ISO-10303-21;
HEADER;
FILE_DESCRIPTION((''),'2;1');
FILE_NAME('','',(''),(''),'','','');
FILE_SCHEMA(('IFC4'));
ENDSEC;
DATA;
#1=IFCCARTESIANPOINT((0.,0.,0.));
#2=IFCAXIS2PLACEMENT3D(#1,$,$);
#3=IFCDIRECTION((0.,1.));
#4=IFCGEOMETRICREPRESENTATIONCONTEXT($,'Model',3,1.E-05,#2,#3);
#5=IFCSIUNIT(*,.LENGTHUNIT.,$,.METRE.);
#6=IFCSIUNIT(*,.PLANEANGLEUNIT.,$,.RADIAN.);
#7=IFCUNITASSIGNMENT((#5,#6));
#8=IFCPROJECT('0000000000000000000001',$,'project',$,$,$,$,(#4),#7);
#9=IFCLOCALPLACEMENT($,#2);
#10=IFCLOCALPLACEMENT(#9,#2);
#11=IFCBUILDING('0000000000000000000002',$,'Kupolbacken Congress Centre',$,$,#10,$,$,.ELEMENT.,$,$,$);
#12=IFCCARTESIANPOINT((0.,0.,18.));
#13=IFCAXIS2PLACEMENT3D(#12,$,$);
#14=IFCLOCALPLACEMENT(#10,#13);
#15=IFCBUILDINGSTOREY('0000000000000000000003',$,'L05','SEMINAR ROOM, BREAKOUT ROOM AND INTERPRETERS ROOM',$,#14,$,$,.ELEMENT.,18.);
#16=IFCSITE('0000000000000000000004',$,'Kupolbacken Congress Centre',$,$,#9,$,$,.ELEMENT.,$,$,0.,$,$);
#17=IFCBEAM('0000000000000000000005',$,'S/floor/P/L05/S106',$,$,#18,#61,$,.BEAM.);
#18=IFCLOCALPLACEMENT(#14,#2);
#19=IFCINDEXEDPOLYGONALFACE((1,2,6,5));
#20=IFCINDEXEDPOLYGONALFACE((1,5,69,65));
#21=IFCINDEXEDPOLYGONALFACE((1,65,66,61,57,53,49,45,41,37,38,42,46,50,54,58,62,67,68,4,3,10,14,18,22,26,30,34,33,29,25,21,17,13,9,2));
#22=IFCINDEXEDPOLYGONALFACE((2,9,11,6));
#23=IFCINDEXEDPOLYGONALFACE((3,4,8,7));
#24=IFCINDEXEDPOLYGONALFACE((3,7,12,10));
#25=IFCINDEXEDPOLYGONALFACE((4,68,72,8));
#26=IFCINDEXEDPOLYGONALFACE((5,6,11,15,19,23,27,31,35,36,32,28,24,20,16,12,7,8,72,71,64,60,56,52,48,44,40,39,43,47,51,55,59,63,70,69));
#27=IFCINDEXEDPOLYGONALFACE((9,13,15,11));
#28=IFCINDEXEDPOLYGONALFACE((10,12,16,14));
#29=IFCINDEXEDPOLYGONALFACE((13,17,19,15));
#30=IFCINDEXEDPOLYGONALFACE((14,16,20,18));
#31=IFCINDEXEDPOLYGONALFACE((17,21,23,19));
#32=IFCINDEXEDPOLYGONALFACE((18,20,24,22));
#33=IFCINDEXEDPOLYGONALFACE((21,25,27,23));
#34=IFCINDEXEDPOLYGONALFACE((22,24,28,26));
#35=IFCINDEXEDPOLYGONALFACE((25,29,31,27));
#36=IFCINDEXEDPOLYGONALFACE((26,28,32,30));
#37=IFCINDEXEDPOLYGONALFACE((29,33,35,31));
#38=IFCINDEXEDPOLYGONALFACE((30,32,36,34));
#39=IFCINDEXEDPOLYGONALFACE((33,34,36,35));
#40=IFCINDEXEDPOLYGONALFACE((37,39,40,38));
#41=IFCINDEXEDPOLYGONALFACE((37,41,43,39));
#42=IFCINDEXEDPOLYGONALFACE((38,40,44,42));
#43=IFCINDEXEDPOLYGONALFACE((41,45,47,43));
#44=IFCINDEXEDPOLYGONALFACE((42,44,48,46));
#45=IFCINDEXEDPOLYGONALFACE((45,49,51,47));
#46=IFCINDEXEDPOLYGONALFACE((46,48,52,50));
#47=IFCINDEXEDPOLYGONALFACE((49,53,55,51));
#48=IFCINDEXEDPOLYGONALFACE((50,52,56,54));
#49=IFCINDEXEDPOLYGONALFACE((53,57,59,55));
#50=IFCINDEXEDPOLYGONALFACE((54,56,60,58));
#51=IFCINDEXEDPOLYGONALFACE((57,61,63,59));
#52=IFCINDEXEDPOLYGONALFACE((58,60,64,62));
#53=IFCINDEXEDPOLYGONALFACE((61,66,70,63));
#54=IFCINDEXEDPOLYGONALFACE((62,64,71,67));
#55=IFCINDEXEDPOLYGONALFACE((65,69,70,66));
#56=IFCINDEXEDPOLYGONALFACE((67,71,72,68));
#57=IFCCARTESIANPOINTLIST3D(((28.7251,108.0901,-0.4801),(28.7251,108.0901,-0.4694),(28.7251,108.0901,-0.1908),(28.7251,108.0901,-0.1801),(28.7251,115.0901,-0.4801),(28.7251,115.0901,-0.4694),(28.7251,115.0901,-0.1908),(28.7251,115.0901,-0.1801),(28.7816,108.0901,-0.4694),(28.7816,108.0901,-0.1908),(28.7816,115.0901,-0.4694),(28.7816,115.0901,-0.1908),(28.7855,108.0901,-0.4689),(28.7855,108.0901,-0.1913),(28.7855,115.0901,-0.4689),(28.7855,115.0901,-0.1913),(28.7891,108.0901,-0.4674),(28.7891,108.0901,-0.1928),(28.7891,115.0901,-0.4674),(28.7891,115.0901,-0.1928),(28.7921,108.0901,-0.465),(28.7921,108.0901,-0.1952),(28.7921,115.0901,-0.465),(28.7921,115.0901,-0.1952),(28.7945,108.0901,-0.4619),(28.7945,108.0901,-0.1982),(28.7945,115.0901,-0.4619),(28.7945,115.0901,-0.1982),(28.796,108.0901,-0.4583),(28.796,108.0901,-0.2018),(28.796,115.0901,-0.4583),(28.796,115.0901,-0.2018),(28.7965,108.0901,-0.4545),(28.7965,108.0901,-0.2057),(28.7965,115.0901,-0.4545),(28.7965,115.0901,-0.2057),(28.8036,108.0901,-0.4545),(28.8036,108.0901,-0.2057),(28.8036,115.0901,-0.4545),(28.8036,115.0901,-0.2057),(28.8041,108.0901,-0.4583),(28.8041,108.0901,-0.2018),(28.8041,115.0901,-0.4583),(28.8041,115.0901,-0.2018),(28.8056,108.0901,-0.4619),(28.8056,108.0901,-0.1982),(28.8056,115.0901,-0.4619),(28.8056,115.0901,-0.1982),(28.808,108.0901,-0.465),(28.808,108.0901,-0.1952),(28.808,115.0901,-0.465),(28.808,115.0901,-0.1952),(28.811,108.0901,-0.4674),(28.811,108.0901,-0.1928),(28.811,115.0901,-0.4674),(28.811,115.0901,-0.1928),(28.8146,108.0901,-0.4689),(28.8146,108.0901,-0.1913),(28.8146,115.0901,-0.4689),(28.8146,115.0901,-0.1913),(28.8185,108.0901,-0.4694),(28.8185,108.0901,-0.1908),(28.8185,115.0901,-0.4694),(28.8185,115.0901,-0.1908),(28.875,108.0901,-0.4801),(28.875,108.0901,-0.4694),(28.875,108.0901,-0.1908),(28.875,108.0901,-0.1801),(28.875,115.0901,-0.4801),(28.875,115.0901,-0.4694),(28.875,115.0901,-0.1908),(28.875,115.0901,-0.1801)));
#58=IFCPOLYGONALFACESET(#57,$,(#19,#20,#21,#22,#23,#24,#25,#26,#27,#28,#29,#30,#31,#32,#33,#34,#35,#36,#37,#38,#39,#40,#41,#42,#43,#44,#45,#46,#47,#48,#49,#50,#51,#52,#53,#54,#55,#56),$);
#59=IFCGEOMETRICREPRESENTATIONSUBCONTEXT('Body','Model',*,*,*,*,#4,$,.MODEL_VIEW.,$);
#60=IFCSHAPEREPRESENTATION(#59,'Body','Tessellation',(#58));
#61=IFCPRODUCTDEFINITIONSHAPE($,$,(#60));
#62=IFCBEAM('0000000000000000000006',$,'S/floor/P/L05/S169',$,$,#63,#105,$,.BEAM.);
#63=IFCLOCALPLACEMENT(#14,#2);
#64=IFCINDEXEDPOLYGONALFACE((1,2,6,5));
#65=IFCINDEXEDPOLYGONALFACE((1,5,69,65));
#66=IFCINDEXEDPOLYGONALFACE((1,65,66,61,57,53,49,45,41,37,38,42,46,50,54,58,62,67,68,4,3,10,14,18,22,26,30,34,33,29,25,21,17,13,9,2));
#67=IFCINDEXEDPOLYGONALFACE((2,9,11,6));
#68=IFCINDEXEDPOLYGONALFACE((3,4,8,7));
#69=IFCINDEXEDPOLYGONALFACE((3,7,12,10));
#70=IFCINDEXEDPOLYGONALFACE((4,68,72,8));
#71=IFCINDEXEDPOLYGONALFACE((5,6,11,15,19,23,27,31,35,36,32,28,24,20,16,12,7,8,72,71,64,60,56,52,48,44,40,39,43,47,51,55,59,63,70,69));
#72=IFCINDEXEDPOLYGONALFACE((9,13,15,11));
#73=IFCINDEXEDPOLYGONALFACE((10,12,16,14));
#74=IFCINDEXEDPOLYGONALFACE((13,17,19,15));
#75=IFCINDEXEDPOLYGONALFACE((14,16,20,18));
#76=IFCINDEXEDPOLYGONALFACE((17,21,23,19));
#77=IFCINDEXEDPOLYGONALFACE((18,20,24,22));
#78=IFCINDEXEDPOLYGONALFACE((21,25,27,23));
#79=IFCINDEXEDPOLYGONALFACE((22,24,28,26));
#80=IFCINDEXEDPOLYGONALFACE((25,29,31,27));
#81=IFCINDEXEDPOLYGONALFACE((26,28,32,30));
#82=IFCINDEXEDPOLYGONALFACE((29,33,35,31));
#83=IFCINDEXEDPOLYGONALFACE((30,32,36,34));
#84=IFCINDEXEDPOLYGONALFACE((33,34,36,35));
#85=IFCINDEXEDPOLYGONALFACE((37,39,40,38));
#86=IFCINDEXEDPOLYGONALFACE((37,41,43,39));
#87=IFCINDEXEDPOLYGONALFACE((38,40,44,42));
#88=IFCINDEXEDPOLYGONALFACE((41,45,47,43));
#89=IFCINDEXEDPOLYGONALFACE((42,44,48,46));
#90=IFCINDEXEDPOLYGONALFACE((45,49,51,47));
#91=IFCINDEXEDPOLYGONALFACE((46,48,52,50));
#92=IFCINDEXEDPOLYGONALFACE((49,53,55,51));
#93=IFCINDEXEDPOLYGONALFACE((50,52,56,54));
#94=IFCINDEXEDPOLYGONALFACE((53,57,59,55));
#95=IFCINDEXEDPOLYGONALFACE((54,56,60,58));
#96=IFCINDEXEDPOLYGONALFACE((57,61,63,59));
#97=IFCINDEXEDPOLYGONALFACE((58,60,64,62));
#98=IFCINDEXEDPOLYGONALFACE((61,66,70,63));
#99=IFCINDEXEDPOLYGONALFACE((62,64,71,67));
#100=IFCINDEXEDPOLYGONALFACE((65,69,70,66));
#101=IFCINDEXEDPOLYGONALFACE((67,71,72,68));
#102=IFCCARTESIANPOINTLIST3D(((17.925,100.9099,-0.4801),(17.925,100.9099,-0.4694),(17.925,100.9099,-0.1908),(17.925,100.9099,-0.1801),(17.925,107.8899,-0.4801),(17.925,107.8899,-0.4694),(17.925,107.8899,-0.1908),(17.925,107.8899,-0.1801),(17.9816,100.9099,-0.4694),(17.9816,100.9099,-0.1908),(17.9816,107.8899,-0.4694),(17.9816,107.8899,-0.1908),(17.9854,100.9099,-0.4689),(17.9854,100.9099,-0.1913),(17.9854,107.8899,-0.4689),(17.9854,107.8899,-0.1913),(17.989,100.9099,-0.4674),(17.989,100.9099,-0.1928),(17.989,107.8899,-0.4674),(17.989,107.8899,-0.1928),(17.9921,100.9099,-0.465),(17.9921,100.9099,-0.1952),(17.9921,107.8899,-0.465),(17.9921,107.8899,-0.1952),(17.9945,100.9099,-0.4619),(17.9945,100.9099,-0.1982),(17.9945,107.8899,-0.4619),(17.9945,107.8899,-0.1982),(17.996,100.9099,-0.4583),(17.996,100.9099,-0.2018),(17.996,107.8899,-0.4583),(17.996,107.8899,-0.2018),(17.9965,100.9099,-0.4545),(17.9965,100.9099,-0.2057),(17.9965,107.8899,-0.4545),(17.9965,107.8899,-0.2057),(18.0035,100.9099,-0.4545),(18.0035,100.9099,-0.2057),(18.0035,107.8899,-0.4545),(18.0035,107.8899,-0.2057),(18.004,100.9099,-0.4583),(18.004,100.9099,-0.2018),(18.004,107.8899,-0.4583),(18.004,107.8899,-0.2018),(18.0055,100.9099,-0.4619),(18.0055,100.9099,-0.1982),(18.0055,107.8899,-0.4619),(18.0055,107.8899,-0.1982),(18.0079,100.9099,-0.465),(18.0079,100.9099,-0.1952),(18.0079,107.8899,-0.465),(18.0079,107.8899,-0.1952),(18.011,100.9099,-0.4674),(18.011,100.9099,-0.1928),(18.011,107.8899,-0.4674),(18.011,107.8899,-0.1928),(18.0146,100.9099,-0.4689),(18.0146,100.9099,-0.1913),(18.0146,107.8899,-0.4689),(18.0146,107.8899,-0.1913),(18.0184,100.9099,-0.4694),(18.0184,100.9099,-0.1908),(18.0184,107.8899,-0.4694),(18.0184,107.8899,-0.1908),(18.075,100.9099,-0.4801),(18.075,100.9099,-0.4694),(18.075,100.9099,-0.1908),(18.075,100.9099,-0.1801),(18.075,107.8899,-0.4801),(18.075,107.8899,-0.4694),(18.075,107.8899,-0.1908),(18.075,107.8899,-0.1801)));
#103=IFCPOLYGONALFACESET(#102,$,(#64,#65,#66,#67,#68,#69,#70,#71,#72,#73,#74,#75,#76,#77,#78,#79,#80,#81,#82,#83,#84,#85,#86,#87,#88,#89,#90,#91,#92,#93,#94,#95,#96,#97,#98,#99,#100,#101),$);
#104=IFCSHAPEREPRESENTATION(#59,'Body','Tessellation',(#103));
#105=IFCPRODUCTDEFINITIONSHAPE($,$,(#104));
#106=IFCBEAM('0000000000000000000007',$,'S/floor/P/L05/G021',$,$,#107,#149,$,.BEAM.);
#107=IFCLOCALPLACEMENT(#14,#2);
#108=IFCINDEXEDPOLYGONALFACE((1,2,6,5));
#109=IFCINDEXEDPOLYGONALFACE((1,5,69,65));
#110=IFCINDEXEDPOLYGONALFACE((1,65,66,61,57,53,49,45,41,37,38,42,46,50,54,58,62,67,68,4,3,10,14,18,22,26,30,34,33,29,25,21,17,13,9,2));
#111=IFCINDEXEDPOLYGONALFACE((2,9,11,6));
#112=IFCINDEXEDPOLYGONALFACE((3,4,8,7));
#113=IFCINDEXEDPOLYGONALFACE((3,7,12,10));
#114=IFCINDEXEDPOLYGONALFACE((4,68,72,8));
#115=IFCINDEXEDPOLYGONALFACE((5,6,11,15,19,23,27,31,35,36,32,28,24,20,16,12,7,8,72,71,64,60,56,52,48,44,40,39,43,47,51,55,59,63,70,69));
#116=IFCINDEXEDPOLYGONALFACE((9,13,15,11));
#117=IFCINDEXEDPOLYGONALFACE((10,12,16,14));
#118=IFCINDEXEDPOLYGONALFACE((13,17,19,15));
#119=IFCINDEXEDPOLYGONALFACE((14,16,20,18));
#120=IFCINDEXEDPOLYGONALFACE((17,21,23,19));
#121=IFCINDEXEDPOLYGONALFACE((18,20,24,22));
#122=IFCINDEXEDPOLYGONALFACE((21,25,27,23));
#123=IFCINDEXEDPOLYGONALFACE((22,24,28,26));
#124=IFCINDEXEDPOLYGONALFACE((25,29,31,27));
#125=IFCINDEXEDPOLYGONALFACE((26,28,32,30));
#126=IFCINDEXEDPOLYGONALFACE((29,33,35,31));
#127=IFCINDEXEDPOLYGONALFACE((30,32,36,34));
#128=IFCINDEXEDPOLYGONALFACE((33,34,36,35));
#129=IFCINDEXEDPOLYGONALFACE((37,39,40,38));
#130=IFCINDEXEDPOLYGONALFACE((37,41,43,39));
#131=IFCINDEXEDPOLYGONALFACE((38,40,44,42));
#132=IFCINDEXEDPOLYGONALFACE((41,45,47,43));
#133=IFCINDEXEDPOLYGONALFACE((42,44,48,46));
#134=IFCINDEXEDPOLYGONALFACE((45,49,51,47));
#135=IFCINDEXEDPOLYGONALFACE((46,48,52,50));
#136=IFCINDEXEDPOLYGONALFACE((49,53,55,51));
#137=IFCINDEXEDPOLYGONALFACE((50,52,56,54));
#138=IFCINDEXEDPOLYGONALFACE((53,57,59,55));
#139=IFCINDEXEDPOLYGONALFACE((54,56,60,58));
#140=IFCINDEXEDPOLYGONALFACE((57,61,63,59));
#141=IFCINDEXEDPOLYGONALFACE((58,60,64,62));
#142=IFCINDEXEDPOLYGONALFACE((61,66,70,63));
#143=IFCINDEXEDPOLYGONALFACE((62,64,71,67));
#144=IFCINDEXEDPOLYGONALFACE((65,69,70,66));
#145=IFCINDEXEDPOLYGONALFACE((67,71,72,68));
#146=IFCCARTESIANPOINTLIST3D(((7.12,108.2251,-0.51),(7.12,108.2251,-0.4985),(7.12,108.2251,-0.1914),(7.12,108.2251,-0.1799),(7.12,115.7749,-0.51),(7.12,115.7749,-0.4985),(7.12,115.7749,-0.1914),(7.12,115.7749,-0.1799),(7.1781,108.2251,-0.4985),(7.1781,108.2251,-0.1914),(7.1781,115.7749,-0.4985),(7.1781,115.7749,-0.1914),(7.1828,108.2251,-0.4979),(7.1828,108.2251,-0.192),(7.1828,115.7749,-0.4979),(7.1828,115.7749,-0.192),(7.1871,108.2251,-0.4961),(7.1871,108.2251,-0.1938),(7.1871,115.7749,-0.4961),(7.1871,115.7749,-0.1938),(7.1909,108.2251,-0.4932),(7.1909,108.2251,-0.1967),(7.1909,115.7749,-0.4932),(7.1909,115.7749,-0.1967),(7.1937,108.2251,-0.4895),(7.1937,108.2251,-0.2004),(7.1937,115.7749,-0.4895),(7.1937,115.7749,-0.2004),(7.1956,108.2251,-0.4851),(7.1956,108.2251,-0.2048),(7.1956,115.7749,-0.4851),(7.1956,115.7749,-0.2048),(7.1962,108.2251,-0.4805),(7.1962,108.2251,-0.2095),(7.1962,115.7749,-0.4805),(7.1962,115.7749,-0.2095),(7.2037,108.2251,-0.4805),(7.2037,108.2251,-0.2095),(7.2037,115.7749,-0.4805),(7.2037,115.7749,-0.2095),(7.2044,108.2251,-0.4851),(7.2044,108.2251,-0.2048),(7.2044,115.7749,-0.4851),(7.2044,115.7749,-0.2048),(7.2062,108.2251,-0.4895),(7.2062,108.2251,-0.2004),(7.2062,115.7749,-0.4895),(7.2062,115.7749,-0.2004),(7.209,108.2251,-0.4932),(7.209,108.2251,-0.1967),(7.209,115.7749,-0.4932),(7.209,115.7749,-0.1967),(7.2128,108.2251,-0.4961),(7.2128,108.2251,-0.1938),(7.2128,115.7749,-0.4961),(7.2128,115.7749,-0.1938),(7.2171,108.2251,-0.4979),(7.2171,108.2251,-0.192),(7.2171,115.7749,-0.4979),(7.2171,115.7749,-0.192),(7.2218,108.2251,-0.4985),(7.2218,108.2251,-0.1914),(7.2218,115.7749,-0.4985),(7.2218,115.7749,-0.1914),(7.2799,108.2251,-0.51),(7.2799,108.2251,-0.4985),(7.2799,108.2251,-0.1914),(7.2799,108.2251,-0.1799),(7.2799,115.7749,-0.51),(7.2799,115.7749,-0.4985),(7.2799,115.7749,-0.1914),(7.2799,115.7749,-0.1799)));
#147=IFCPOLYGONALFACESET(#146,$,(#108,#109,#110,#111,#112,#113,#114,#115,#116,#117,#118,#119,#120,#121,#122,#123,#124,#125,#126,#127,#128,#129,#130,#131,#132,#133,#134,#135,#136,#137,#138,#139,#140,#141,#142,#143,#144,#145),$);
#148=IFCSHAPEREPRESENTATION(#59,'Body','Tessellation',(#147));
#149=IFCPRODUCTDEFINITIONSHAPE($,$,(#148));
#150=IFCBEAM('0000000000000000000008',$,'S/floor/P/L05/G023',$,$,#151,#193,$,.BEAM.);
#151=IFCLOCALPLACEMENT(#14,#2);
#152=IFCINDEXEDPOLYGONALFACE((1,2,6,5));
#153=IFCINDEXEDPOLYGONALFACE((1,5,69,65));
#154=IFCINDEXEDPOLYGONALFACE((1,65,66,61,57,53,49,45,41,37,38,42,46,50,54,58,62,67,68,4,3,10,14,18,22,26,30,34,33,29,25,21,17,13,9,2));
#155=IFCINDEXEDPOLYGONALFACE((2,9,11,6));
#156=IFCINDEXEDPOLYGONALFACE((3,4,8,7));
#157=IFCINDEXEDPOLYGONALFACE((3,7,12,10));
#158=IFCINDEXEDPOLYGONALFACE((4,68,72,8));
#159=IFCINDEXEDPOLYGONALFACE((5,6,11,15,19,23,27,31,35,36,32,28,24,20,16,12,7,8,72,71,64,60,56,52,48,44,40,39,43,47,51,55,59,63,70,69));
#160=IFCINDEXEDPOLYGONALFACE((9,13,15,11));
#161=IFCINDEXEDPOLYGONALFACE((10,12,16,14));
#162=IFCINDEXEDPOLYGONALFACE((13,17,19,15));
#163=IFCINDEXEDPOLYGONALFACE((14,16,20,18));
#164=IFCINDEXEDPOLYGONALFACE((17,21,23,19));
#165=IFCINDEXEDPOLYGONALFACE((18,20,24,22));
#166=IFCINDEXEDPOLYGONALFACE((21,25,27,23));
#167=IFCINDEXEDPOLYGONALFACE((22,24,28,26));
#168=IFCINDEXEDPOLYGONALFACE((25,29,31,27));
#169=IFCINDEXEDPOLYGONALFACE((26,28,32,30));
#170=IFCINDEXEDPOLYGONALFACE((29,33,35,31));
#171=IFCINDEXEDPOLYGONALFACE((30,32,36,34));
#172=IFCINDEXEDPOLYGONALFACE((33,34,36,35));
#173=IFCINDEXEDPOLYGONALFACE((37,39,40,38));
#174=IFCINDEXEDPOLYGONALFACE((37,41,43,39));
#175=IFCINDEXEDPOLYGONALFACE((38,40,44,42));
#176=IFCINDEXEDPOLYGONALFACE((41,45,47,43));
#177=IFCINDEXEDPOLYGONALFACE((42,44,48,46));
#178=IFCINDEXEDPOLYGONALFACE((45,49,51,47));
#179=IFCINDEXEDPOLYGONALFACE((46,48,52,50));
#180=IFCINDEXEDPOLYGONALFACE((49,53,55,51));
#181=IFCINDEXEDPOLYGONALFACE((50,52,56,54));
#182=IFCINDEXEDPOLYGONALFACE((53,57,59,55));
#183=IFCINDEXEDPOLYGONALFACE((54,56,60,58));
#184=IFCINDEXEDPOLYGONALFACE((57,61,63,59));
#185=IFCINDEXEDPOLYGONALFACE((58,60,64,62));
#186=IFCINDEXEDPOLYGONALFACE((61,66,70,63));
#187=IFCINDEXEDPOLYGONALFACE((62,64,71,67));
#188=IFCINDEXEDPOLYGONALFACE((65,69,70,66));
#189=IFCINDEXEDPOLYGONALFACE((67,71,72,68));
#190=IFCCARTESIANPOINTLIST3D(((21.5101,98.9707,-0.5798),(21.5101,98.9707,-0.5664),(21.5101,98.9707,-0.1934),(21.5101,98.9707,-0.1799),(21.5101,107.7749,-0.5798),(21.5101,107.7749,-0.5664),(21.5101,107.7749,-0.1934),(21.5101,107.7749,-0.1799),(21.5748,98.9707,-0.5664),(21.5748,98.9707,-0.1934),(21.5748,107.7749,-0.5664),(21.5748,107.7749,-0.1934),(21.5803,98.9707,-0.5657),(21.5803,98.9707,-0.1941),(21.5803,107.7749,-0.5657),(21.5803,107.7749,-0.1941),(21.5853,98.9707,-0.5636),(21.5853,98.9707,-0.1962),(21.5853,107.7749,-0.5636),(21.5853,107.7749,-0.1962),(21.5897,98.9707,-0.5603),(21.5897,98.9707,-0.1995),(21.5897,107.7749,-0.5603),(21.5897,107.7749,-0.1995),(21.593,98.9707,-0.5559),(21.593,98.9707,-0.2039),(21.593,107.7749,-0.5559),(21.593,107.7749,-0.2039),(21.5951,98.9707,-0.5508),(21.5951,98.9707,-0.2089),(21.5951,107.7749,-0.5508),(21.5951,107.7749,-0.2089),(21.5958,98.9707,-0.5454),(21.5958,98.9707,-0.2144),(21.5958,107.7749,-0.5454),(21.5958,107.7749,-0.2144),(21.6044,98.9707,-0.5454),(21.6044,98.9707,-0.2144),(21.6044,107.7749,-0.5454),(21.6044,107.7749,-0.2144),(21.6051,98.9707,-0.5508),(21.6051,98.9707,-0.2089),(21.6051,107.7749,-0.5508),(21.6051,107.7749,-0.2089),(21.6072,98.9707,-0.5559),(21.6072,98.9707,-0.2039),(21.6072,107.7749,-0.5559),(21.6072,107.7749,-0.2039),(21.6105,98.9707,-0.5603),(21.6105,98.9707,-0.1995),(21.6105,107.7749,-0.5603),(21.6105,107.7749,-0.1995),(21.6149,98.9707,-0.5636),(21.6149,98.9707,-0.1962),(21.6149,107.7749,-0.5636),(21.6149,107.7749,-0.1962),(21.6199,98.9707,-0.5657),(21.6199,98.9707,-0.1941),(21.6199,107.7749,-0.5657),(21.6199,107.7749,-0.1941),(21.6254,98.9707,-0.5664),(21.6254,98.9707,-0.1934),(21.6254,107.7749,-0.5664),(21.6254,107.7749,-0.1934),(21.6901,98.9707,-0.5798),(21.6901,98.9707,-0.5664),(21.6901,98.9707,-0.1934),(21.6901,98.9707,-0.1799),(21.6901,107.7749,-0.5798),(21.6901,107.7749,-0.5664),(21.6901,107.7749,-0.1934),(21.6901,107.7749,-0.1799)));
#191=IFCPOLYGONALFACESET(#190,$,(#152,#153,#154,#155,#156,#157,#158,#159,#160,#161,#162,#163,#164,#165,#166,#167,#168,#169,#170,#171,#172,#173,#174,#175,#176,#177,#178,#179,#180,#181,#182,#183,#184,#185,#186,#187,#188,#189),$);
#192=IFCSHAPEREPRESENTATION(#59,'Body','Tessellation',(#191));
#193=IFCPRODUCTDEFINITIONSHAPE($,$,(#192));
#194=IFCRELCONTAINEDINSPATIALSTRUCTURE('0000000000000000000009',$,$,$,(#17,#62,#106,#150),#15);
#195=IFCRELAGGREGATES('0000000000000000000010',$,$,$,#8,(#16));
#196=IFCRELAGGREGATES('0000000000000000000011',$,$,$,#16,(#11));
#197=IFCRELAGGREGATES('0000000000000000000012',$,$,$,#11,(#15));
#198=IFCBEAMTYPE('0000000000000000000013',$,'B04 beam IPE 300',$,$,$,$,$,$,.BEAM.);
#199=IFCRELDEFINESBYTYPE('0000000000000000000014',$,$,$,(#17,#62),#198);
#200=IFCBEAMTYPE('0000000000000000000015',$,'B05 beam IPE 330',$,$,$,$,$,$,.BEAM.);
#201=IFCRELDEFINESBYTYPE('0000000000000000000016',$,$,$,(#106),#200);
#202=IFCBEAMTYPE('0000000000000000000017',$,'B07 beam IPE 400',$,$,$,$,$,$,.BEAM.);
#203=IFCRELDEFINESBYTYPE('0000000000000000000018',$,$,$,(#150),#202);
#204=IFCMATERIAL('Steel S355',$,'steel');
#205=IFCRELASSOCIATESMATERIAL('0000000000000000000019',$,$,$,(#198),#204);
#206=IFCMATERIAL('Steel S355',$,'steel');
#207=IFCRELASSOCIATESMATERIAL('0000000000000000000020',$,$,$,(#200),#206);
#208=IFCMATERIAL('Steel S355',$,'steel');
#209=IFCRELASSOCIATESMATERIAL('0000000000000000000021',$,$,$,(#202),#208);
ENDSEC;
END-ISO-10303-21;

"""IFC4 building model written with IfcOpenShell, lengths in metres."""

from ifc_helpers import new_model, si_unit, direction, frame, origin, origin_2d, place, context, subcontext, project, spatial, i_section, extrude, material, material_profile, profile_set, type_object, element, save


model = new_model("IFC4")

# Units and contexts
model_context = context("Model", 3, precision=1e-05, world=origin(), true_north=direction((0.0, 1.0)))
body_context = subcontext(model_context, "Body", "Model", "MODEL_VIEW")
ifc_project = project(units=[si_unit("LENGTHUNIT", "METRE"), si_unit("PLANEANGLEUNIT", "RADIAN")], contexts=[model_context])

# Site, building, storey
site_placement = place(None, origin())
site = spatial("IfcSite", under=ifc_project, at=site_placement, Name="Kupolbacken Congress Centre", CompositionType="ELEMENT", RefElevation=0.0)
building_placement = place(site_placement, origin())
building = spatial("IfcBuilding", under=site, at=building_placement, Name="Kupolbacken Congress Centre", CompositionType="ELEMENT")
storey_placement = place(building_placement, frame((0.0, 0.0, 18.0)))
storey = spatial("IfcBuildingStorey", under=building, at=storey_placement, Name="L05", Description="SEMINAR ROOM, BREAKOUT ROOM AND INTERPRETERS ROOM", CompositionType="ELEMENT", Elevation=18.0)

# Beams
ifc_material_1 = material(Name="Steel S355", Category="steel")
ifc_material_profile_1 = material_profile(ifc_material_1, i_section(OverallWidth=0.1499, OverallDepth=0.3, WebThickness=0.0071, FlangeThickness=0.0107, FilletRadius=0.0149, at=origin_2d()), Name="IPE 300")
ifc_profile_set_1 = profile_set([ifc_material_profile_1], Name="Steel S355")
beam_type_1 = type_object("IfcBeamType", Name="B04 beam IPE 300", PredefinedType="BEAM", material=ifc_profile_set_1)
for number, where, z_axis, x_axis, name in (
    (1, (28.8, 108.0901, -0.3301), (0.0, 1.0, 0.0), (-1.0, 0.0, 0.0), "S/floor/P/L05/S106"),
):
    element("IfcBeam", number, at=place(storey_placement, frame(where, z_axis=z_axis, x_axis=x_axis)), inside=storey, type_object=beam_type_1, Name=name, PredefinedType="BEAM", context=body_context, shape_type="SweptSolid", body=[
        extrude(i_section(OverallWidth=0.1499, OverallDepth=0.3, WebThickness=0.0071, FlangeThickness=0.0107, FilletRadius=0.0149, at=origin_2d()), origin(), (0.0, 0.0, 1.0), 7.0),
    ])
beam_1_placement = place(storey_placement, frame((18.0, 100.9099, -0.3301), z_axis=(0.0, 1.0, 0.0), x_axis=(-1.0, 0.0, 0.0)))
element("IfcBeam", 2, at=beam_1_placement, inside=storey, type_object=beam_type_1, Name="S/floor/P/L05/S169", PredefinedType="BEAM", context=body_context, shape_type="SweptSolid", body=[
    extrude(i_section(OverallWidth=0.1499, OverallDepth=0.3, WebThickness=0.0071, FlangeThickness=0.0107, FilletRadius=0.0149, at=origin_2d()), origin(), (0.0, 0.0, 1.0), 6.98),
])
ifc_material_2 = material(Name="Steel S355", Category="steel")
ifc_material_profile_2 = material_profile(ifc_material_2, i_section(OverallWidth=0.1599, OverallDepth=0.3301, WebThickness=0.0076, FlangeThickness=0.0115, FilletRadius=0.0181, at=origin_2d()), Name="IPE 330")
ifc_profile_set_2 = profile_set([ifc_material_profile_2], Name="Steel S355")
beam_type_2 = type_object("IfcBeamType", Name="B05 beam IPE 330", PredefinedType="BEAM", material=ifc_profile_set_2)
beam_2_placement = place(storey_placement, frame((7.2, 108.2251, -0.345), z_axis=(0.0, 1.0, 0.0), x_axis=(-1.0, 0.0, 0.0)))
element("IfcBeam", 3, at=beam_2_placement, inside=storey, type_object=beam_type_2, Name="S/floor/P/L05/G021", PredefinedType="BEAM", context=body_context, shape_type="SweptSolid", body=[
    extrude(i_section(OverallWidth=0.1599, OverallDepth=0.3301, WebThickness=0.0076, FlangeThickness=0.0115, FilletRadius=0.0181, at=origin_2d()), origin(), (0.0, 0.0, 1.0), 7.5498),
])
ifc_material_3 = material(Name="Steel S355", Category="steel")
ifc_material_profile_3 = material_profile(ifc_material_3, i_section(OverallWidth=0.1799, OverallDepth=0.3999, WebThickness=0.0085, FlangeThickness=0.0134, FilletRadius=0.021, at=origin_2d()), Name="IPE 400")
ifc_profile_set_3 = profile_set([ifc_material_profile_3], Name="Steel S355")
beam_type_3 = type_object("IfcBeamType", Name="B07 beam IPE 400", PredefinedType="BEAM", material=ifc_profile_set_3)
beam_3_placement = place(storey_placement, frame((21.6001, 98.9707, -0.3799), z_axis=(0.0, 1.0, 0.0), x_axis=(-1.0, 0.0, 0.0)))
element("IfcBeam", 4, at=beam_3_placement, inside=storey, type_object=beam_type_3, Name="S/floor/P/L05/G023", PredefinedType="BEAM", context=body_context, shape_type="SweptSolid", body=[
    extrude(i_section(OverallWidth=0.1799, OverallDepth=0.3999, WebThickness=0.0085, FlangeThickness=0.0134, FilletRadius=0.021, at=origin_2d()), origin(), (0.0, 0.0, 1.0), 8.8042),
])

save(model, "model.ifc")
